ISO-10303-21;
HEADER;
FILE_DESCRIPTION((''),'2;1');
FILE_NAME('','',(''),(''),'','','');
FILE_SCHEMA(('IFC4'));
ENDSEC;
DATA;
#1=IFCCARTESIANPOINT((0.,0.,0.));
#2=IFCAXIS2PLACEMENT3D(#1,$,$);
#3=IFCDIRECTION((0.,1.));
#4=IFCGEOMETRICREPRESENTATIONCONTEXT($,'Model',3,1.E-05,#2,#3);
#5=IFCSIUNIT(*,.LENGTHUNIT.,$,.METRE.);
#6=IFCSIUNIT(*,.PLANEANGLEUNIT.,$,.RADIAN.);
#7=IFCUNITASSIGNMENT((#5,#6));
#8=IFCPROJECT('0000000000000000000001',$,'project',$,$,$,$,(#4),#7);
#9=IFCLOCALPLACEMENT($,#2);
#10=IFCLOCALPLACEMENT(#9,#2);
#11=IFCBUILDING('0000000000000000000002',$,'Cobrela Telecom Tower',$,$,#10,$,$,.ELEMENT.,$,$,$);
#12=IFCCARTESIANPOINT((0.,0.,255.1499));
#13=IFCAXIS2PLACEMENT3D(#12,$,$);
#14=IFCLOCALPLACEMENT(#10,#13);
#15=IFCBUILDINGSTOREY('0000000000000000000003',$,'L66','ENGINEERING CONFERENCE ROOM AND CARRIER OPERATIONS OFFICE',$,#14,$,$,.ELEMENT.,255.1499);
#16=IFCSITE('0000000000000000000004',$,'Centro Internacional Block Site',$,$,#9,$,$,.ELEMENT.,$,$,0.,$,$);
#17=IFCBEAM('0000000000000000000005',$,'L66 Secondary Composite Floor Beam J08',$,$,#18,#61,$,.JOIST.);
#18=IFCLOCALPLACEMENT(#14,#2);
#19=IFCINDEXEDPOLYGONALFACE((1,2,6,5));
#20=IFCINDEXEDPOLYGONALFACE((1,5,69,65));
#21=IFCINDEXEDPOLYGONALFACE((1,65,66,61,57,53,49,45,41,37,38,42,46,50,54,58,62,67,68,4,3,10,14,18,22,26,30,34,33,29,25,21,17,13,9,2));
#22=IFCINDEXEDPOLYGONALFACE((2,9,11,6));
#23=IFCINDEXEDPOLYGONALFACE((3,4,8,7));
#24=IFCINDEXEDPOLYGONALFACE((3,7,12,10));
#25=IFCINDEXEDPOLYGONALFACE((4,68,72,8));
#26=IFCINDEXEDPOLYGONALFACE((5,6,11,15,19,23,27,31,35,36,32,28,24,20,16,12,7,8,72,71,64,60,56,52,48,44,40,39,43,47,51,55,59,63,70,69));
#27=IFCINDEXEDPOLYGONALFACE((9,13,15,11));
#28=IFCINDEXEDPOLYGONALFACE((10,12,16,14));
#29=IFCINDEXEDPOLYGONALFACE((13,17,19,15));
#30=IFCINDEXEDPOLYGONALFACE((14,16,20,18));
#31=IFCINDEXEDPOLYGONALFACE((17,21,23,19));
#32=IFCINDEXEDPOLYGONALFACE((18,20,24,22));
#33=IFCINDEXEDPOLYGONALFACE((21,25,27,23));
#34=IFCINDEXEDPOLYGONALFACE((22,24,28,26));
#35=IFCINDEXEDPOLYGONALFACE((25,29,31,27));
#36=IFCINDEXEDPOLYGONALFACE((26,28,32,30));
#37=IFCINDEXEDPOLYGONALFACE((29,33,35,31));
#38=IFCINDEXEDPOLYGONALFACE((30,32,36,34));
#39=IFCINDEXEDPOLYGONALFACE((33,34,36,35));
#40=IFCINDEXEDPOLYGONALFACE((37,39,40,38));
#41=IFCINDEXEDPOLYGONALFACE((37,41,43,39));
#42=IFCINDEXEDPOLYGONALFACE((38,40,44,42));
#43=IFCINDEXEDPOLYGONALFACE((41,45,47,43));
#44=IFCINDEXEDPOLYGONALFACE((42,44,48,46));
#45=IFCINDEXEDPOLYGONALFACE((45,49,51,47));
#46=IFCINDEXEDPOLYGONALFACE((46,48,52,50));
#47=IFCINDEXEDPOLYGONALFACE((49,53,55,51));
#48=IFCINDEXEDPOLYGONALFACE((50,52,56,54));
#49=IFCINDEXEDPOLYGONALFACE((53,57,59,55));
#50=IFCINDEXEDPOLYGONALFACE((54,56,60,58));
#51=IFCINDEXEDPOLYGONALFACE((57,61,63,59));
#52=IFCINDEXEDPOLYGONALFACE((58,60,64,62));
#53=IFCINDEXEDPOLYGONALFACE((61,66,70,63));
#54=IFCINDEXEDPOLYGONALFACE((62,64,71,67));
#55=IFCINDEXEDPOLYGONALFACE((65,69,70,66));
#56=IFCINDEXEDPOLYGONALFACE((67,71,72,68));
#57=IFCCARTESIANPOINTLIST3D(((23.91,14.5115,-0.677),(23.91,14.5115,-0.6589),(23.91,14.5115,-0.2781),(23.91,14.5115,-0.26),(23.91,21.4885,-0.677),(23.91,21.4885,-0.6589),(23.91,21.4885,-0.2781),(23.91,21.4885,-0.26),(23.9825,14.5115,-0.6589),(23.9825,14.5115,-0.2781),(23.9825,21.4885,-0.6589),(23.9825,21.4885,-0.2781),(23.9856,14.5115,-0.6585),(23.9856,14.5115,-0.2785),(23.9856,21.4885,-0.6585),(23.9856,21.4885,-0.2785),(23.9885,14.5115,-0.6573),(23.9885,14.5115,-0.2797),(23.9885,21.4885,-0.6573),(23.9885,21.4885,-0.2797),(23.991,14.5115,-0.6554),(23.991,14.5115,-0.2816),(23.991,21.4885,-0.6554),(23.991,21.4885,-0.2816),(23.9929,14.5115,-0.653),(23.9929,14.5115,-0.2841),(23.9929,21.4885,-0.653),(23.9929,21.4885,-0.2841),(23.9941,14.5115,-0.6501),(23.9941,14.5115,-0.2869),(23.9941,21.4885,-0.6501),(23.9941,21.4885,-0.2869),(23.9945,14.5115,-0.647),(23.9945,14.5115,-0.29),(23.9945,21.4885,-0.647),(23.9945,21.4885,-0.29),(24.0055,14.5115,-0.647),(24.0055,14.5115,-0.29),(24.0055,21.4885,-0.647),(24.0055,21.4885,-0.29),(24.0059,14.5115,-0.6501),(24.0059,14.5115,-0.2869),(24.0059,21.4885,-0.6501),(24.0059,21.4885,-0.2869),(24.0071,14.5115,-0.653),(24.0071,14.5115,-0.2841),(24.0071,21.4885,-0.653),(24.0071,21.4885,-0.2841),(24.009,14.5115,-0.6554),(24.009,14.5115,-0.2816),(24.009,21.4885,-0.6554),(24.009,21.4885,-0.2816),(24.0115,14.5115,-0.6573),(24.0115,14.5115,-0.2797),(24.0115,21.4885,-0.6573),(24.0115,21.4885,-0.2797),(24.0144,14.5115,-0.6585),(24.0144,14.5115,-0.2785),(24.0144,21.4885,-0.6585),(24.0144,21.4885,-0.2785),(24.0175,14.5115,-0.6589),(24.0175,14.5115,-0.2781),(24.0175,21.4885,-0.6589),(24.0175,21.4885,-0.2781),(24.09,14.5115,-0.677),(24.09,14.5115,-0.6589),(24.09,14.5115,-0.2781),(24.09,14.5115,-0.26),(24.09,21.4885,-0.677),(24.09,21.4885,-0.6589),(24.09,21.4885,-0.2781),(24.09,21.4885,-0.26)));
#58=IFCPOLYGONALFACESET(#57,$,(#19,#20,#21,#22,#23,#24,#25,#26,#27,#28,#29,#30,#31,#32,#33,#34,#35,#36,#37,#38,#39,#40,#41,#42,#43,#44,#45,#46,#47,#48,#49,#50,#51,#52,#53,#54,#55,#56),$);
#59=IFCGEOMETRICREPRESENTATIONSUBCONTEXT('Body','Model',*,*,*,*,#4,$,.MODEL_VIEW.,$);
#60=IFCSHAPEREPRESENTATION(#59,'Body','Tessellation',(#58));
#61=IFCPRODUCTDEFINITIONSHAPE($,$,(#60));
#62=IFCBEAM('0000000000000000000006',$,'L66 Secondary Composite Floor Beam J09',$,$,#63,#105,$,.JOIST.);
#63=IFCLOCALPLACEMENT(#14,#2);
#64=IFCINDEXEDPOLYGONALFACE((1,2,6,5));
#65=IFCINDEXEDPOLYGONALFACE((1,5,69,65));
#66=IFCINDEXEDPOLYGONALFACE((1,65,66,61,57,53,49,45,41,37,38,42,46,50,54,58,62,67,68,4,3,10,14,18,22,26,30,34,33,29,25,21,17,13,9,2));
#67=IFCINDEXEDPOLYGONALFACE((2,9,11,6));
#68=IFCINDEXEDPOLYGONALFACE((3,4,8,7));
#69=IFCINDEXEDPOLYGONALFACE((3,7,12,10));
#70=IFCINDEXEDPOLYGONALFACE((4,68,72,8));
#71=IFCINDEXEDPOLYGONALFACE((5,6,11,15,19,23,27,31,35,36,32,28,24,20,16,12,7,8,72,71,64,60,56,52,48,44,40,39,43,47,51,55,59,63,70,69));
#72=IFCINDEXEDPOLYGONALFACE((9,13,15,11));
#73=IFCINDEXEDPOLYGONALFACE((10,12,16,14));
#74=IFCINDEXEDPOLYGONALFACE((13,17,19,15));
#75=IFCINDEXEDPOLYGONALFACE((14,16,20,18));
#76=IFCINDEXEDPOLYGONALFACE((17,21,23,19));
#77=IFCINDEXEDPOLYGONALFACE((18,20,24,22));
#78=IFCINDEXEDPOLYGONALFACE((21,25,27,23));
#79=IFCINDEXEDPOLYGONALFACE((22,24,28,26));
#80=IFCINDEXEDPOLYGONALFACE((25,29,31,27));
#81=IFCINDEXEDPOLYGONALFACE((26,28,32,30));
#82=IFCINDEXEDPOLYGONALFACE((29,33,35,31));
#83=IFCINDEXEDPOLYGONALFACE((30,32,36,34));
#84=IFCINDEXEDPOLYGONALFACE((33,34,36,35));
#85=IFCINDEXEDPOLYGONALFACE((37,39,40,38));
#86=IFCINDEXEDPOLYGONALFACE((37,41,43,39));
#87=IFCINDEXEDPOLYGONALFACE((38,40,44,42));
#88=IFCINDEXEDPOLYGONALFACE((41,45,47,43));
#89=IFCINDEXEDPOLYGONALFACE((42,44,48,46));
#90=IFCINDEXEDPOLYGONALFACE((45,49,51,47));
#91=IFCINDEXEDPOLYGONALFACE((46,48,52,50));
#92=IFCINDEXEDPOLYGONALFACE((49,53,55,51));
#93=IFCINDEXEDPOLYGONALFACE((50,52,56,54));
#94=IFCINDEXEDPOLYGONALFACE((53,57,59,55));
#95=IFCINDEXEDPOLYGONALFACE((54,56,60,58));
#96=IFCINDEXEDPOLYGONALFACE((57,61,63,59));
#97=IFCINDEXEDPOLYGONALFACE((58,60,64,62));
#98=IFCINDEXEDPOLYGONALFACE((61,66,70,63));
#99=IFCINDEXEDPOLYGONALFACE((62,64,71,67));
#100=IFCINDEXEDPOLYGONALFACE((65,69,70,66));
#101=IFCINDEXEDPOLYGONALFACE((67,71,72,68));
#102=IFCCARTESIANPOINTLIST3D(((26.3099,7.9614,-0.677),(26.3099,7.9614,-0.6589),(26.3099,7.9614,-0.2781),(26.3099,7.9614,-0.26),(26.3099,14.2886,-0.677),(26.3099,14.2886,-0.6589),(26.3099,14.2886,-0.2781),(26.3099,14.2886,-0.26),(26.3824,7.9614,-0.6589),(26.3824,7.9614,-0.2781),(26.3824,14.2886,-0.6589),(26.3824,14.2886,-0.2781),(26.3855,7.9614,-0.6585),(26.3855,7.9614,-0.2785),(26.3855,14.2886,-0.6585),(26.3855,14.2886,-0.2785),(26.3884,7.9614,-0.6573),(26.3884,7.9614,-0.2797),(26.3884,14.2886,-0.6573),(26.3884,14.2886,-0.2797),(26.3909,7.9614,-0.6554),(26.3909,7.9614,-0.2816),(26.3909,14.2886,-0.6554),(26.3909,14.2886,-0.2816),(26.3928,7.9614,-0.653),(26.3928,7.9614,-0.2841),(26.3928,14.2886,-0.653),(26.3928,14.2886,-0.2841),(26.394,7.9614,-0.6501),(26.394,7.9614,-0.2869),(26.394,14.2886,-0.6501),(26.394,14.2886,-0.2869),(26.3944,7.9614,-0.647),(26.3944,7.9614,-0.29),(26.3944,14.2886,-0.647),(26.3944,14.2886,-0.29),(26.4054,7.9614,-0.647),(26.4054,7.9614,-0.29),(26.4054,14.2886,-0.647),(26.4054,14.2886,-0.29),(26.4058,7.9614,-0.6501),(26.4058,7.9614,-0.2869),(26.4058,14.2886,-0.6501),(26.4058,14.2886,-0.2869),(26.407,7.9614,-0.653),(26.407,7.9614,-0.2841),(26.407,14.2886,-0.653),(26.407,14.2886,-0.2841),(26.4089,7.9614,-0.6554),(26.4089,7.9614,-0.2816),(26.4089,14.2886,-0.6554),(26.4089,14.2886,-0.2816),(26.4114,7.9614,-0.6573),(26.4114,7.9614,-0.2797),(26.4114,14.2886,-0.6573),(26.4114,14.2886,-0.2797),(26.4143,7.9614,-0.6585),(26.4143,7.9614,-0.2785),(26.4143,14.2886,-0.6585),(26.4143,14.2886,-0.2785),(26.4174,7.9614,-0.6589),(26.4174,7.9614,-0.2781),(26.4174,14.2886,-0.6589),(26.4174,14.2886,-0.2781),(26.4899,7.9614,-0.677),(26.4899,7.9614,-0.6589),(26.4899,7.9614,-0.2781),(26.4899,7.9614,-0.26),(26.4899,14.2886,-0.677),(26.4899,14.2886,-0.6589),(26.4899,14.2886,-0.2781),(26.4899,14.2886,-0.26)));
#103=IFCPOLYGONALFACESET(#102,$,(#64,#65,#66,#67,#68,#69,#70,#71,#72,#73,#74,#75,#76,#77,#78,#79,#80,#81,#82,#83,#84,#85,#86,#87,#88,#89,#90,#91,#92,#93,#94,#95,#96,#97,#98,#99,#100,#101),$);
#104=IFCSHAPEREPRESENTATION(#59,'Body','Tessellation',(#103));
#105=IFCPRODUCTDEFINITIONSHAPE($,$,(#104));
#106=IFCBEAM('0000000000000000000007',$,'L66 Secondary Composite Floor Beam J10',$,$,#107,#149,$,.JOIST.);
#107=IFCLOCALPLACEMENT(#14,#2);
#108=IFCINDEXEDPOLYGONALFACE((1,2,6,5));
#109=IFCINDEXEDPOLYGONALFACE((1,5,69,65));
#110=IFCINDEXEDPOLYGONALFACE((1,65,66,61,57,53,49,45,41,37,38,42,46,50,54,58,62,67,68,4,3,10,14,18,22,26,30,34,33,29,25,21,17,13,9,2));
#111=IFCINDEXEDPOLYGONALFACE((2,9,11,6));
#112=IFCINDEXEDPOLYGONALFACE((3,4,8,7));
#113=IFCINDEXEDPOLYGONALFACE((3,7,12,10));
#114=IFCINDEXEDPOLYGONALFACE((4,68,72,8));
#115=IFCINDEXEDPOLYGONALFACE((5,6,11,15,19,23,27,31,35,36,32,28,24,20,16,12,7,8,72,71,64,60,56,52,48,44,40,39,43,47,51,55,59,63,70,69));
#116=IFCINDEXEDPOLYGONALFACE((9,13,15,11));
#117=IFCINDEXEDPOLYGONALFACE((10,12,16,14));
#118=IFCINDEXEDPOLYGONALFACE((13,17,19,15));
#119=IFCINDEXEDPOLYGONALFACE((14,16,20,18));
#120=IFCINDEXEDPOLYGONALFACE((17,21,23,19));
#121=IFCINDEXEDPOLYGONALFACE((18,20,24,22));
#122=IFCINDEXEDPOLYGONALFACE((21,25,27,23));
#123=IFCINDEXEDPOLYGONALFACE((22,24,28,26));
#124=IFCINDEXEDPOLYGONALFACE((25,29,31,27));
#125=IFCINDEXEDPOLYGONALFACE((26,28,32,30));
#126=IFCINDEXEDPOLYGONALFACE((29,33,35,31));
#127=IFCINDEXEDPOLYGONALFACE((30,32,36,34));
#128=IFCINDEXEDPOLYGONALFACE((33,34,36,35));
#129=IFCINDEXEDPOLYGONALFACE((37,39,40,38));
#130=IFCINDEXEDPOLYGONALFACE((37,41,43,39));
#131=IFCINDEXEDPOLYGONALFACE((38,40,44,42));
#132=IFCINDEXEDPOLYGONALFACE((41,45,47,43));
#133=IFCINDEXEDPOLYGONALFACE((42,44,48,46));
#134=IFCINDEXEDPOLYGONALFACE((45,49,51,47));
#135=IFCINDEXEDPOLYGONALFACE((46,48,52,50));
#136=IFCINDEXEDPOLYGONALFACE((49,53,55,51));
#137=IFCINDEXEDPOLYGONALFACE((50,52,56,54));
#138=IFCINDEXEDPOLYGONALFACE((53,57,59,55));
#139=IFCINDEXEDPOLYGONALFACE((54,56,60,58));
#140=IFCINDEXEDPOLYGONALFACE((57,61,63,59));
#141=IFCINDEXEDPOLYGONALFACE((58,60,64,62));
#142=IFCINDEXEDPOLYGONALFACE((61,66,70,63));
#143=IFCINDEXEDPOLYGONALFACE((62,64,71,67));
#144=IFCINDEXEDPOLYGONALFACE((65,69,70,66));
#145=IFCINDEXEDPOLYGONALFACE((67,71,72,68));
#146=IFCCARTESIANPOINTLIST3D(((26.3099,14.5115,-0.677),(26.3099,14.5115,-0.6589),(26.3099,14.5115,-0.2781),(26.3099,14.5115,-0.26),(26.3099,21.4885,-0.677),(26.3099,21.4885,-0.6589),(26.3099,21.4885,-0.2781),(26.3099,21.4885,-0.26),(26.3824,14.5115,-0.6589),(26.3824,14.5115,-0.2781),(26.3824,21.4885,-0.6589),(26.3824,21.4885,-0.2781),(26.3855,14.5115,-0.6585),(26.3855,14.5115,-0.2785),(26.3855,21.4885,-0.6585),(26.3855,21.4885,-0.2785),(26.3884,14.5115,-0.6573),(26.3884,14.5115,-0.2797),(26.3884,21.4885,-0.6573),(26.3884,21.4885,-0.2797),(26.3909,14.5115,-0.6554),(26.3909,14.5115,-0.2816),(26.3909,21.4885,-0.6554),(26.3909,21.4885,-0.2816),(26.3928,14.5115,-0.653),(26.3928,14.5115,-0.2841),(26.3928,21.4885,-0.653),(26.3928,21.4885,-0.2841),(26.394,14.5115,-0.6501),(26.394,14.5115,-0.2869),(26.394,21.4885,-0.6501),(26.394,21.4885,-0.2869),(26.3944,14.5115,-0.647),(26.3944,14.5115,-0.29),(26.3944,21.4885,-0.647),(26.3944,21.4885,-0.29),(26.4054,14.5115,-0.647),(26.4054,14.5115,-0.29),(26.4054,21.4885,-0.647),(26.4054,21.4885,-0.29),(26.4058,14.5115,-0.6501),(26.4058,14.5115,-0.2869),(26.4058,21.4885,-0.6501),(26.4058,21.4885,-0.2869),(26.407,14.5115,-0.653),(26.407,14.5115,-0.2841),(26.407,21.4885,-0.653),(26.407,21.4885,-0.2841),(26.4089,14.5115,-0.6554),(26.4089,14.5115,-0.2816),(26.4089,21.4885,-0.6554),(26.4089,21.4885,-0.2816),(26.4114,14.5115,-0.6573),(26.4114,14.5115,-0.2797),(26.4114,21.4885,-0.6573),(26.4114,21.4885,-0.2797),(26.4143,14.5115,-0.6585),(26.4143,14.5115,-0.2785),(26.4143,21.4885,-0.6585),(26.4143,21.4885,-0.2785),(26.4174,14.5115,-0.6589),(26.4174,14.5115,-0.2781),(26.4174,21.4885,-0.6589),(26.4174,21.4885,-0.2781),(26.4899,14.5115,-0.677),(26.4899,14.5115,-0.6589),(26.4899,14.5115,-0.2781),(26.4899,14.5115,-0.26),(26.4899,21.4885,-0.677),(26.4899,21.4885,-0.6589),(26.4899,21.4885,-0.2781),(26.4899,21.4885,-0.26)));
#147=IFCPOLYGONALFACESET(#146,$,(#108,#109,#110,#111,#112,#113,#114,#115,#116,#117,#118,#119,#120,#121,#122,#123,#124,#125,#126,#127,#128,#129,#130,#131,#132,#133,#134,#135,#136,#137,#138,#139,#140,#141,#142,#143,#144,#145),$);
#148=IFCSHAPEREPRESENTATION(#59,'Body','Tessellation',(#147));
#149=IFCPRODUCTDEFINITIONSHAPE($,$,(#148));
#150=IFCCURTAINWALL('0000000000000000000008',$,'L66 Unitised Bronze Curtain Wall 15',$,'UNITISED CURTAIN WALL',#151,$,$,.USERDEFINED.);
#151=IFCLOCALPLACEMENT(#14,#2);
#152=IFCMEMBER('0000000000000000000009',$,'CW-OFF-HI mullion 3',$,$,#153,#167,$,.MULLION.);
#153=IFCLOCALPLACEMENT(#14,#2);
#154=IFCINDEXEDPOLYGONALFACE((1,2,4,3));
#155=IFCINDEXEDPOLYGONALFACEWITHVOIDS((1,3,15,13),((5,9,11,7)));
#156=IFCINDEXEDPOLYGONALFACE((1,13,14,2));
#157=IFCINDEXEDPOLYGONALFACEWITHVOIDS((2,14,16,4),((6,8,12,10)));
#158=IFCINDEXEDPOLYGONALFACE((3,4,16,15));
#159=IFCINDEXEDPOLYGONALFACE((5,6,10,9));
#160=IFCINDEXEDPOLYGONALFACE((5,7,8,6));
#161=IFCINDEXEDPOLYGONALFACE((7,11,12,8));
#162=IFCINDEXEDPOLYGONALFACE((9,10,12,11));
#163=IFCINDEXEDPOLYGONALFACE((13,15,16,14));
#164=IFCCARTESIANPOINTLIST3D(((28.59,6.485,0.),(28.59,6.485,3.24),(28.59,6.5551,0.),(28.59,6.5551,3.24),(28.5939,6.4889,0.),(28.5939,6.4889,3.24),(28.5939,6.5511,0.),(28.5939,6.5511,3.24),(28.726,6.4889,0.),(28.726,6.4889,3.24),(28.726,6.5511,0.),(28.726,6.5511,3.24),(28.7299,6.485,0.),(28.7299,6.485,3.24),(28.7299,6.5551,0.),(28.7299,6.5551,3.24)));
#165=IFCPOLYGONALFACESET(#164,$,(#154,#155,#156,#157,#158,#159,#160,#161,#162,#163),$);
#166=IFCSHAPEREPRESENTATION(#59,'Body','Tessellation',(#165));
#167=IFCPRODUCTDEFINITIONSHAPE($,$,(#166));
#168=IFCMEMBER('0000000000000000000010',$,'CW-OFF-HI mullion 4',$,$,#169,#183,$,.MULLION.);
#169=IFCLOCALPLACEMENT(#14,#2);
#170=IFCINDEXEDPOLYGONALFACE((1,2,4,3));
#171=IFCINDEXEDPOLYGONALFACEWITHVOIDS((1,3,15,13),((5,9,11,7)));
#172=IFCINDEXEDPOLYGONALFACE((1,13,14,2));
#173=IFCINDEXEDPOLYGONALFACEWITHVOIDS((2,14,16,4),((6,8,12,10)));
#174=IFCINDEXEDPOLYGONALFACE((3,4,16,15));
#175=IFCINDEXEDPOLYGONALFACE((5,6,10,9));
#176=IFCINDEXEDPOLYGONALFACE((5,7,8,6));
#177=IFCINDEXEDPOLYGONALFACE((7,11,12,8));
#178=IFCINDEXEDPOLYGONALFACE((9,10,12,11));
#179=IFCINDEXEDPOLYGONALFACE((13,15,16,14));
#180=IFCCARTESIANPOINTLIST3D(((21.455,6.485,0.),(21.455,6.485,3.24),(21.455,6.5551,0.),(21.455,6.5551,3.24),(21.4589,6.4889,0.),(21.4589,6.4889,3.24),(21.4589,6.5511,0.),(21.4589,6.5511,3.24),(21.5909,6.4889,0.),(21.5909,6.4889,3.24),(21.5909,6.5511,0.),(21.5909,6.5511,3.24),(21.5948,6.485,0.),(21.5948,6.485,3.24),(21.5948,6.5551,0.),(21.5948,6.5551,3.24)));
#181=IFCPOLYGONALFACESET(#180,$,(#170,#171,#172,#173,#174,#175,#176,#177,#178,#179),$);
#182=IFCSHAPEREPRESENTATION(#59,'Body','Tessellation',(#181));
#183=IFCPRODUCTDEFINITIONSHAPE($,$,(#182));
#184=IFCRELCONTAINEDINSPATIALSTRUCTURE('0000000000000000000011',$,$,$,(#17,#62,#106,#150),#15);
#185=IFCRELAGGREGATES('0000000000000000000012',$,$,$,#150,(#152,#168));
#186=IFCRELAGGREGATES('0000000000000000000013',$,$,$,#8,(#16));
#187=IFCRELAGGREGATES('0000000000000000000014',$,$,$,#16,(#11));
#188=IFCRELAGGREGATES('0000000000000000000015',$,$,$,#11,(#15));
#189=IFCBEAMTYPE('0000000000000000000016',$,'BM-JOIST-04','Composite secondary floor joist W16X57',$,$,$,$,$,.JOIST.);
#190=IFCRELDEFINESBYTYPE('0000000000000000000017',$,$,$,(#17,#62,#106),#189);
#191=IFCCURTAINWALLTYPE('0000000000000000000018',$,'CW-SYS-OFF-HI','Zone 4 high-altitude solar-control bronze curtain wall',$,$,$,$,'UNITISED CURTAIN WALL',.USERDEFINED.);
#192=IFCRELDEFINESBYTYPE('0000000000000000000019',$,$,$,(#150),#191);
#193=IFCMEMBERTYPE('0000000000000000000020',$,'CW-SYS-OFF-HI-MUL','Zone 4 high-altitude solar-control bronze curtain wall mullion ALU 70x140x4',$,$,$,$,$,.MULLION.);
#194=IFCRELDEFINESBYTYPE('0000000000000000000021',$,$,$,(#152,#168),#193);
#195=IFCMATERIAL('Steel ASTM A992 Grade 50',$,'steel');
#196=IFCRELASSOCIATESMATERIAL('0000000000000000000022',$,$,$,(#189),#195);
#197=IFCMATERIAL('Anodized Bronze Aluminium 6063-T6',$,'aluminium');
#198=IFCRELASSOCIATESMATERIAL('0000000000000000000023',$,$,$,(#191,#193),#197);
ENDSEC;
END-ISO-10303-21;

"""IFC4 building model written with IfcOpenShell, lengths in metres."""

from ifc_helpers import new_model, si_unit, direction, frame, origin, origin_2d, place, context, subcontext, project, spatial, hollow_rectangle, i_section, extrude, material, material_profile, profile_set, type_object, element, aggregate, save


model = new_model("IFC4")

# Units and contexts
model_context = context("Model", 3, precision=1e-05, world=origin(), true_north=direction((0.0, 1.0)))
body_context = subcontext(model_context, "Body", "Model", "MODEL_VIEW")
ifc_project = project(units=[si_unit("LENGTHUNIT", "METRE"), si_unit("PLANEANGLEUNIT", "RADIAN")], contexts=[model_context])

# Site, building, storey
site_placement = place(None, origin())
site = spatial("IfcSite", under=ifc_project, at=site_placement, Name="Centro Internacional Block Site", CompositionType="ELEMENT", RefElevation=0.0)
building_placement = place(site_placement, origin())
building = spatial("IfcBuilding", under=site, at=building_placement, Name="Cobrela Telecom Tower", CompositionType="ELEMENT")
storey_placement = place(building_placement, frame((0.0, 0.0, 255.1499)))
storey = spatial("IfcBuildingStorey", under=building, at=storey_placement, Name="L66", Description="ENGINEERING CONFERENCE ROOM AND CARRIER OPERATIONS OFFICE", CompositionType="ELEMENT", Elevation=255.1499)

# Shared definitions
ifc_material_1 = material(Name="Steel ASTM A992 Grade 50", Category="steel")

# Beams
ifc_material_profile_1 = material_profile(ifc_material_1, i_section(OverallWidth=0.1799, OverallDepth=0.417, WebThickness=0.011, FlangeThickness=0.0181, FilletRadius=0.012, at=origin_2d()), Name="W16X57")
ifc_profile_set_1 = profile_set([ifc_material_profile_1], Name="Steel ASTM A992 Grade 50")
beam_type_1 = type_object("IfcBeamType", Name="BM-JOIST-04", Description="Composite secondary floor joist W16X57", PredefinedType="JOIST", material=ifc_profile_set_1)
beam_1_placement = place(storey_placement, frame((24.0, 14.5115, -0.4685), z_axis=(0.0, 1.0, 0.0), x_axis=(-1.0, 0.0, 0.0)))
element("IfcBeam", 1, at=beam_1_placement, inside=storey, type_object=beam_type_1, Name="L66 Secondary Composite Floor Beam J08", PredefinedType="JOIST", context=body_context, shape_type="SweptSolid", body=[
    extrude(i_section(OverallWidth=0.1799, OverallDepth=0.417, WebThickness=0.011, FlangeThickness=0.0181, FilletRadius=0.012, at=origin_2d()), origin(), (0.0, 0.0, 1.0), 6.9771),
])
beam_2_placement = place(storey_placement, frame((26.3999, 7.9614, -0.4685), z_axis=(0.0, 1.0, 0.0), x_axis=(-1.0, 0.0, 0.0)))
element("IfcBeam", 2, at=beam_2_placement, inside=storey, type_object=beam_type_1, Name="L66 Secondary Composite Floor Beam J09", PredefinedType="JOIST", context=body_context, shape_type="SweptSolid", body=[
    extrude(i_section(OverallWidth=0.1799, OverallDepth=0.417, WebThickness=0.011, FlangeThickness=0.0181, FilletRadius=0.012, at=origin_2d()), origin(), (0.0, 0.0, 1.0), 6.3271),
])
beam_3_placement = place(storey_placement, frame((26.3999, 14.5115, -0.4685), z_axis=(0.0, 1.0, 0.0), x_axis=(-1.0, 0.0, 0.0)))
element("IfcBeam", 3, at=beam_3_placement, inside=storey, type_object=beam_type_1, Name="L66 Secondary Composite Floor Beam J10", PredefinedType="JOIST", context=body_context, shape_type="SweptSolid", body=[
    extrude(i_section(OverallWidth=0.1799, OverallDepth=0.417, WebThickness=0.011, FlangeThickness=0.0181, FilletRadius=0.012, at=origin_2d()), origin(), (0.0, 0.0, 1.0), 6.9771),
])

# Curtain wall, members
ifc_material_2 = material(Name="Anodized Bronze Aluminium 6063-T6", Category="aluminium")
curtain_wall_type = type_object("IfcCurtainWallType", Name="CW-SYS-OFF-HI", Description="Zone 4 high-altitude solar-control bronze curtain wall", ElementType="UNITISED CURTAIN WALL", PredefinedType="USERDEFINED", material=ifc_material_2)
curtain_wall_placement = place(storey_placement, origin())
curtain_wall = element("IfcCurtainWall", 4, at=curtain_wall_placement, inside=storey, type_object=curtain_wall_type, Name="L66 Unitised Bronze Curtain Wall 15", ObjectType="UNITISED CURTAIN WALL", PredefinedType="USERDEFINED")
ifc_material_profile_2 = material_profile(ifc_material_2, hollow_rectangle(XDim=0.0701, YDim=0.1399, WallThickness=0.0039, at=origin_2d()), Name="ALU 70x140x4")
ifc_profile_set_2 = profile_set([ifc_material_profile_2], Name="Anodized Bronze Aluminium 6063-T6")
member_type_1 = type_object("IfcMemberType", Name="CW-SYS-OFF-HI-MUL", Description="Zone 4 high-altitude solar-control bronze curtain wall mullion ALU 70x140x4", PredefinedType="MULLION", material=ifc_profile_set_2)
member_1_placement = place(storey_placement, frame((28.6599, 6.52, 0.0), z_axis=(0.0, 0.0, 1.0), x_axis=(0.0, -1.0, 0.0)))
member_1 = element("IfcMember", 5, at=member_1_placement, type_object=member_type_1, Name="CW-OFF-HI mullion 3", PredefinedType="MULLION", context=body_context, shape_type="SweptSolid", body=[
    extrude(hollow_rectangle(XDim=0.0701, YDim=0.1399, WallThickness=0.0039, at=origin_2d()), origin(), (0.0, 0.0, 1.0), 3.24),
])
member_2_placement = place(storey_placement, frame((21.5249, 6.52, 0.0), z_axis=(0.0, 0.0, 1.0), x_axis=(0.0, -1.0, 0.0)))
member_2 = element("IfcMember", 6, at=member_2_placement, type_object=member_type_1, Name="CW-OFF-HI mullion 4", PredefinedType="MULLION", context=body_context, shape_type="SweptSolid", body=[
    extrude(hollow_rectangle(XDim=0.0701, YDim=0.1399, WallThickness=0.0039, at=origin_2d()), origin(), (0.0, 0.0, 1.0), 3.24),
])
aggregate(curtain_wall, [member_1, member_2])

save(model, "model.ifc")
